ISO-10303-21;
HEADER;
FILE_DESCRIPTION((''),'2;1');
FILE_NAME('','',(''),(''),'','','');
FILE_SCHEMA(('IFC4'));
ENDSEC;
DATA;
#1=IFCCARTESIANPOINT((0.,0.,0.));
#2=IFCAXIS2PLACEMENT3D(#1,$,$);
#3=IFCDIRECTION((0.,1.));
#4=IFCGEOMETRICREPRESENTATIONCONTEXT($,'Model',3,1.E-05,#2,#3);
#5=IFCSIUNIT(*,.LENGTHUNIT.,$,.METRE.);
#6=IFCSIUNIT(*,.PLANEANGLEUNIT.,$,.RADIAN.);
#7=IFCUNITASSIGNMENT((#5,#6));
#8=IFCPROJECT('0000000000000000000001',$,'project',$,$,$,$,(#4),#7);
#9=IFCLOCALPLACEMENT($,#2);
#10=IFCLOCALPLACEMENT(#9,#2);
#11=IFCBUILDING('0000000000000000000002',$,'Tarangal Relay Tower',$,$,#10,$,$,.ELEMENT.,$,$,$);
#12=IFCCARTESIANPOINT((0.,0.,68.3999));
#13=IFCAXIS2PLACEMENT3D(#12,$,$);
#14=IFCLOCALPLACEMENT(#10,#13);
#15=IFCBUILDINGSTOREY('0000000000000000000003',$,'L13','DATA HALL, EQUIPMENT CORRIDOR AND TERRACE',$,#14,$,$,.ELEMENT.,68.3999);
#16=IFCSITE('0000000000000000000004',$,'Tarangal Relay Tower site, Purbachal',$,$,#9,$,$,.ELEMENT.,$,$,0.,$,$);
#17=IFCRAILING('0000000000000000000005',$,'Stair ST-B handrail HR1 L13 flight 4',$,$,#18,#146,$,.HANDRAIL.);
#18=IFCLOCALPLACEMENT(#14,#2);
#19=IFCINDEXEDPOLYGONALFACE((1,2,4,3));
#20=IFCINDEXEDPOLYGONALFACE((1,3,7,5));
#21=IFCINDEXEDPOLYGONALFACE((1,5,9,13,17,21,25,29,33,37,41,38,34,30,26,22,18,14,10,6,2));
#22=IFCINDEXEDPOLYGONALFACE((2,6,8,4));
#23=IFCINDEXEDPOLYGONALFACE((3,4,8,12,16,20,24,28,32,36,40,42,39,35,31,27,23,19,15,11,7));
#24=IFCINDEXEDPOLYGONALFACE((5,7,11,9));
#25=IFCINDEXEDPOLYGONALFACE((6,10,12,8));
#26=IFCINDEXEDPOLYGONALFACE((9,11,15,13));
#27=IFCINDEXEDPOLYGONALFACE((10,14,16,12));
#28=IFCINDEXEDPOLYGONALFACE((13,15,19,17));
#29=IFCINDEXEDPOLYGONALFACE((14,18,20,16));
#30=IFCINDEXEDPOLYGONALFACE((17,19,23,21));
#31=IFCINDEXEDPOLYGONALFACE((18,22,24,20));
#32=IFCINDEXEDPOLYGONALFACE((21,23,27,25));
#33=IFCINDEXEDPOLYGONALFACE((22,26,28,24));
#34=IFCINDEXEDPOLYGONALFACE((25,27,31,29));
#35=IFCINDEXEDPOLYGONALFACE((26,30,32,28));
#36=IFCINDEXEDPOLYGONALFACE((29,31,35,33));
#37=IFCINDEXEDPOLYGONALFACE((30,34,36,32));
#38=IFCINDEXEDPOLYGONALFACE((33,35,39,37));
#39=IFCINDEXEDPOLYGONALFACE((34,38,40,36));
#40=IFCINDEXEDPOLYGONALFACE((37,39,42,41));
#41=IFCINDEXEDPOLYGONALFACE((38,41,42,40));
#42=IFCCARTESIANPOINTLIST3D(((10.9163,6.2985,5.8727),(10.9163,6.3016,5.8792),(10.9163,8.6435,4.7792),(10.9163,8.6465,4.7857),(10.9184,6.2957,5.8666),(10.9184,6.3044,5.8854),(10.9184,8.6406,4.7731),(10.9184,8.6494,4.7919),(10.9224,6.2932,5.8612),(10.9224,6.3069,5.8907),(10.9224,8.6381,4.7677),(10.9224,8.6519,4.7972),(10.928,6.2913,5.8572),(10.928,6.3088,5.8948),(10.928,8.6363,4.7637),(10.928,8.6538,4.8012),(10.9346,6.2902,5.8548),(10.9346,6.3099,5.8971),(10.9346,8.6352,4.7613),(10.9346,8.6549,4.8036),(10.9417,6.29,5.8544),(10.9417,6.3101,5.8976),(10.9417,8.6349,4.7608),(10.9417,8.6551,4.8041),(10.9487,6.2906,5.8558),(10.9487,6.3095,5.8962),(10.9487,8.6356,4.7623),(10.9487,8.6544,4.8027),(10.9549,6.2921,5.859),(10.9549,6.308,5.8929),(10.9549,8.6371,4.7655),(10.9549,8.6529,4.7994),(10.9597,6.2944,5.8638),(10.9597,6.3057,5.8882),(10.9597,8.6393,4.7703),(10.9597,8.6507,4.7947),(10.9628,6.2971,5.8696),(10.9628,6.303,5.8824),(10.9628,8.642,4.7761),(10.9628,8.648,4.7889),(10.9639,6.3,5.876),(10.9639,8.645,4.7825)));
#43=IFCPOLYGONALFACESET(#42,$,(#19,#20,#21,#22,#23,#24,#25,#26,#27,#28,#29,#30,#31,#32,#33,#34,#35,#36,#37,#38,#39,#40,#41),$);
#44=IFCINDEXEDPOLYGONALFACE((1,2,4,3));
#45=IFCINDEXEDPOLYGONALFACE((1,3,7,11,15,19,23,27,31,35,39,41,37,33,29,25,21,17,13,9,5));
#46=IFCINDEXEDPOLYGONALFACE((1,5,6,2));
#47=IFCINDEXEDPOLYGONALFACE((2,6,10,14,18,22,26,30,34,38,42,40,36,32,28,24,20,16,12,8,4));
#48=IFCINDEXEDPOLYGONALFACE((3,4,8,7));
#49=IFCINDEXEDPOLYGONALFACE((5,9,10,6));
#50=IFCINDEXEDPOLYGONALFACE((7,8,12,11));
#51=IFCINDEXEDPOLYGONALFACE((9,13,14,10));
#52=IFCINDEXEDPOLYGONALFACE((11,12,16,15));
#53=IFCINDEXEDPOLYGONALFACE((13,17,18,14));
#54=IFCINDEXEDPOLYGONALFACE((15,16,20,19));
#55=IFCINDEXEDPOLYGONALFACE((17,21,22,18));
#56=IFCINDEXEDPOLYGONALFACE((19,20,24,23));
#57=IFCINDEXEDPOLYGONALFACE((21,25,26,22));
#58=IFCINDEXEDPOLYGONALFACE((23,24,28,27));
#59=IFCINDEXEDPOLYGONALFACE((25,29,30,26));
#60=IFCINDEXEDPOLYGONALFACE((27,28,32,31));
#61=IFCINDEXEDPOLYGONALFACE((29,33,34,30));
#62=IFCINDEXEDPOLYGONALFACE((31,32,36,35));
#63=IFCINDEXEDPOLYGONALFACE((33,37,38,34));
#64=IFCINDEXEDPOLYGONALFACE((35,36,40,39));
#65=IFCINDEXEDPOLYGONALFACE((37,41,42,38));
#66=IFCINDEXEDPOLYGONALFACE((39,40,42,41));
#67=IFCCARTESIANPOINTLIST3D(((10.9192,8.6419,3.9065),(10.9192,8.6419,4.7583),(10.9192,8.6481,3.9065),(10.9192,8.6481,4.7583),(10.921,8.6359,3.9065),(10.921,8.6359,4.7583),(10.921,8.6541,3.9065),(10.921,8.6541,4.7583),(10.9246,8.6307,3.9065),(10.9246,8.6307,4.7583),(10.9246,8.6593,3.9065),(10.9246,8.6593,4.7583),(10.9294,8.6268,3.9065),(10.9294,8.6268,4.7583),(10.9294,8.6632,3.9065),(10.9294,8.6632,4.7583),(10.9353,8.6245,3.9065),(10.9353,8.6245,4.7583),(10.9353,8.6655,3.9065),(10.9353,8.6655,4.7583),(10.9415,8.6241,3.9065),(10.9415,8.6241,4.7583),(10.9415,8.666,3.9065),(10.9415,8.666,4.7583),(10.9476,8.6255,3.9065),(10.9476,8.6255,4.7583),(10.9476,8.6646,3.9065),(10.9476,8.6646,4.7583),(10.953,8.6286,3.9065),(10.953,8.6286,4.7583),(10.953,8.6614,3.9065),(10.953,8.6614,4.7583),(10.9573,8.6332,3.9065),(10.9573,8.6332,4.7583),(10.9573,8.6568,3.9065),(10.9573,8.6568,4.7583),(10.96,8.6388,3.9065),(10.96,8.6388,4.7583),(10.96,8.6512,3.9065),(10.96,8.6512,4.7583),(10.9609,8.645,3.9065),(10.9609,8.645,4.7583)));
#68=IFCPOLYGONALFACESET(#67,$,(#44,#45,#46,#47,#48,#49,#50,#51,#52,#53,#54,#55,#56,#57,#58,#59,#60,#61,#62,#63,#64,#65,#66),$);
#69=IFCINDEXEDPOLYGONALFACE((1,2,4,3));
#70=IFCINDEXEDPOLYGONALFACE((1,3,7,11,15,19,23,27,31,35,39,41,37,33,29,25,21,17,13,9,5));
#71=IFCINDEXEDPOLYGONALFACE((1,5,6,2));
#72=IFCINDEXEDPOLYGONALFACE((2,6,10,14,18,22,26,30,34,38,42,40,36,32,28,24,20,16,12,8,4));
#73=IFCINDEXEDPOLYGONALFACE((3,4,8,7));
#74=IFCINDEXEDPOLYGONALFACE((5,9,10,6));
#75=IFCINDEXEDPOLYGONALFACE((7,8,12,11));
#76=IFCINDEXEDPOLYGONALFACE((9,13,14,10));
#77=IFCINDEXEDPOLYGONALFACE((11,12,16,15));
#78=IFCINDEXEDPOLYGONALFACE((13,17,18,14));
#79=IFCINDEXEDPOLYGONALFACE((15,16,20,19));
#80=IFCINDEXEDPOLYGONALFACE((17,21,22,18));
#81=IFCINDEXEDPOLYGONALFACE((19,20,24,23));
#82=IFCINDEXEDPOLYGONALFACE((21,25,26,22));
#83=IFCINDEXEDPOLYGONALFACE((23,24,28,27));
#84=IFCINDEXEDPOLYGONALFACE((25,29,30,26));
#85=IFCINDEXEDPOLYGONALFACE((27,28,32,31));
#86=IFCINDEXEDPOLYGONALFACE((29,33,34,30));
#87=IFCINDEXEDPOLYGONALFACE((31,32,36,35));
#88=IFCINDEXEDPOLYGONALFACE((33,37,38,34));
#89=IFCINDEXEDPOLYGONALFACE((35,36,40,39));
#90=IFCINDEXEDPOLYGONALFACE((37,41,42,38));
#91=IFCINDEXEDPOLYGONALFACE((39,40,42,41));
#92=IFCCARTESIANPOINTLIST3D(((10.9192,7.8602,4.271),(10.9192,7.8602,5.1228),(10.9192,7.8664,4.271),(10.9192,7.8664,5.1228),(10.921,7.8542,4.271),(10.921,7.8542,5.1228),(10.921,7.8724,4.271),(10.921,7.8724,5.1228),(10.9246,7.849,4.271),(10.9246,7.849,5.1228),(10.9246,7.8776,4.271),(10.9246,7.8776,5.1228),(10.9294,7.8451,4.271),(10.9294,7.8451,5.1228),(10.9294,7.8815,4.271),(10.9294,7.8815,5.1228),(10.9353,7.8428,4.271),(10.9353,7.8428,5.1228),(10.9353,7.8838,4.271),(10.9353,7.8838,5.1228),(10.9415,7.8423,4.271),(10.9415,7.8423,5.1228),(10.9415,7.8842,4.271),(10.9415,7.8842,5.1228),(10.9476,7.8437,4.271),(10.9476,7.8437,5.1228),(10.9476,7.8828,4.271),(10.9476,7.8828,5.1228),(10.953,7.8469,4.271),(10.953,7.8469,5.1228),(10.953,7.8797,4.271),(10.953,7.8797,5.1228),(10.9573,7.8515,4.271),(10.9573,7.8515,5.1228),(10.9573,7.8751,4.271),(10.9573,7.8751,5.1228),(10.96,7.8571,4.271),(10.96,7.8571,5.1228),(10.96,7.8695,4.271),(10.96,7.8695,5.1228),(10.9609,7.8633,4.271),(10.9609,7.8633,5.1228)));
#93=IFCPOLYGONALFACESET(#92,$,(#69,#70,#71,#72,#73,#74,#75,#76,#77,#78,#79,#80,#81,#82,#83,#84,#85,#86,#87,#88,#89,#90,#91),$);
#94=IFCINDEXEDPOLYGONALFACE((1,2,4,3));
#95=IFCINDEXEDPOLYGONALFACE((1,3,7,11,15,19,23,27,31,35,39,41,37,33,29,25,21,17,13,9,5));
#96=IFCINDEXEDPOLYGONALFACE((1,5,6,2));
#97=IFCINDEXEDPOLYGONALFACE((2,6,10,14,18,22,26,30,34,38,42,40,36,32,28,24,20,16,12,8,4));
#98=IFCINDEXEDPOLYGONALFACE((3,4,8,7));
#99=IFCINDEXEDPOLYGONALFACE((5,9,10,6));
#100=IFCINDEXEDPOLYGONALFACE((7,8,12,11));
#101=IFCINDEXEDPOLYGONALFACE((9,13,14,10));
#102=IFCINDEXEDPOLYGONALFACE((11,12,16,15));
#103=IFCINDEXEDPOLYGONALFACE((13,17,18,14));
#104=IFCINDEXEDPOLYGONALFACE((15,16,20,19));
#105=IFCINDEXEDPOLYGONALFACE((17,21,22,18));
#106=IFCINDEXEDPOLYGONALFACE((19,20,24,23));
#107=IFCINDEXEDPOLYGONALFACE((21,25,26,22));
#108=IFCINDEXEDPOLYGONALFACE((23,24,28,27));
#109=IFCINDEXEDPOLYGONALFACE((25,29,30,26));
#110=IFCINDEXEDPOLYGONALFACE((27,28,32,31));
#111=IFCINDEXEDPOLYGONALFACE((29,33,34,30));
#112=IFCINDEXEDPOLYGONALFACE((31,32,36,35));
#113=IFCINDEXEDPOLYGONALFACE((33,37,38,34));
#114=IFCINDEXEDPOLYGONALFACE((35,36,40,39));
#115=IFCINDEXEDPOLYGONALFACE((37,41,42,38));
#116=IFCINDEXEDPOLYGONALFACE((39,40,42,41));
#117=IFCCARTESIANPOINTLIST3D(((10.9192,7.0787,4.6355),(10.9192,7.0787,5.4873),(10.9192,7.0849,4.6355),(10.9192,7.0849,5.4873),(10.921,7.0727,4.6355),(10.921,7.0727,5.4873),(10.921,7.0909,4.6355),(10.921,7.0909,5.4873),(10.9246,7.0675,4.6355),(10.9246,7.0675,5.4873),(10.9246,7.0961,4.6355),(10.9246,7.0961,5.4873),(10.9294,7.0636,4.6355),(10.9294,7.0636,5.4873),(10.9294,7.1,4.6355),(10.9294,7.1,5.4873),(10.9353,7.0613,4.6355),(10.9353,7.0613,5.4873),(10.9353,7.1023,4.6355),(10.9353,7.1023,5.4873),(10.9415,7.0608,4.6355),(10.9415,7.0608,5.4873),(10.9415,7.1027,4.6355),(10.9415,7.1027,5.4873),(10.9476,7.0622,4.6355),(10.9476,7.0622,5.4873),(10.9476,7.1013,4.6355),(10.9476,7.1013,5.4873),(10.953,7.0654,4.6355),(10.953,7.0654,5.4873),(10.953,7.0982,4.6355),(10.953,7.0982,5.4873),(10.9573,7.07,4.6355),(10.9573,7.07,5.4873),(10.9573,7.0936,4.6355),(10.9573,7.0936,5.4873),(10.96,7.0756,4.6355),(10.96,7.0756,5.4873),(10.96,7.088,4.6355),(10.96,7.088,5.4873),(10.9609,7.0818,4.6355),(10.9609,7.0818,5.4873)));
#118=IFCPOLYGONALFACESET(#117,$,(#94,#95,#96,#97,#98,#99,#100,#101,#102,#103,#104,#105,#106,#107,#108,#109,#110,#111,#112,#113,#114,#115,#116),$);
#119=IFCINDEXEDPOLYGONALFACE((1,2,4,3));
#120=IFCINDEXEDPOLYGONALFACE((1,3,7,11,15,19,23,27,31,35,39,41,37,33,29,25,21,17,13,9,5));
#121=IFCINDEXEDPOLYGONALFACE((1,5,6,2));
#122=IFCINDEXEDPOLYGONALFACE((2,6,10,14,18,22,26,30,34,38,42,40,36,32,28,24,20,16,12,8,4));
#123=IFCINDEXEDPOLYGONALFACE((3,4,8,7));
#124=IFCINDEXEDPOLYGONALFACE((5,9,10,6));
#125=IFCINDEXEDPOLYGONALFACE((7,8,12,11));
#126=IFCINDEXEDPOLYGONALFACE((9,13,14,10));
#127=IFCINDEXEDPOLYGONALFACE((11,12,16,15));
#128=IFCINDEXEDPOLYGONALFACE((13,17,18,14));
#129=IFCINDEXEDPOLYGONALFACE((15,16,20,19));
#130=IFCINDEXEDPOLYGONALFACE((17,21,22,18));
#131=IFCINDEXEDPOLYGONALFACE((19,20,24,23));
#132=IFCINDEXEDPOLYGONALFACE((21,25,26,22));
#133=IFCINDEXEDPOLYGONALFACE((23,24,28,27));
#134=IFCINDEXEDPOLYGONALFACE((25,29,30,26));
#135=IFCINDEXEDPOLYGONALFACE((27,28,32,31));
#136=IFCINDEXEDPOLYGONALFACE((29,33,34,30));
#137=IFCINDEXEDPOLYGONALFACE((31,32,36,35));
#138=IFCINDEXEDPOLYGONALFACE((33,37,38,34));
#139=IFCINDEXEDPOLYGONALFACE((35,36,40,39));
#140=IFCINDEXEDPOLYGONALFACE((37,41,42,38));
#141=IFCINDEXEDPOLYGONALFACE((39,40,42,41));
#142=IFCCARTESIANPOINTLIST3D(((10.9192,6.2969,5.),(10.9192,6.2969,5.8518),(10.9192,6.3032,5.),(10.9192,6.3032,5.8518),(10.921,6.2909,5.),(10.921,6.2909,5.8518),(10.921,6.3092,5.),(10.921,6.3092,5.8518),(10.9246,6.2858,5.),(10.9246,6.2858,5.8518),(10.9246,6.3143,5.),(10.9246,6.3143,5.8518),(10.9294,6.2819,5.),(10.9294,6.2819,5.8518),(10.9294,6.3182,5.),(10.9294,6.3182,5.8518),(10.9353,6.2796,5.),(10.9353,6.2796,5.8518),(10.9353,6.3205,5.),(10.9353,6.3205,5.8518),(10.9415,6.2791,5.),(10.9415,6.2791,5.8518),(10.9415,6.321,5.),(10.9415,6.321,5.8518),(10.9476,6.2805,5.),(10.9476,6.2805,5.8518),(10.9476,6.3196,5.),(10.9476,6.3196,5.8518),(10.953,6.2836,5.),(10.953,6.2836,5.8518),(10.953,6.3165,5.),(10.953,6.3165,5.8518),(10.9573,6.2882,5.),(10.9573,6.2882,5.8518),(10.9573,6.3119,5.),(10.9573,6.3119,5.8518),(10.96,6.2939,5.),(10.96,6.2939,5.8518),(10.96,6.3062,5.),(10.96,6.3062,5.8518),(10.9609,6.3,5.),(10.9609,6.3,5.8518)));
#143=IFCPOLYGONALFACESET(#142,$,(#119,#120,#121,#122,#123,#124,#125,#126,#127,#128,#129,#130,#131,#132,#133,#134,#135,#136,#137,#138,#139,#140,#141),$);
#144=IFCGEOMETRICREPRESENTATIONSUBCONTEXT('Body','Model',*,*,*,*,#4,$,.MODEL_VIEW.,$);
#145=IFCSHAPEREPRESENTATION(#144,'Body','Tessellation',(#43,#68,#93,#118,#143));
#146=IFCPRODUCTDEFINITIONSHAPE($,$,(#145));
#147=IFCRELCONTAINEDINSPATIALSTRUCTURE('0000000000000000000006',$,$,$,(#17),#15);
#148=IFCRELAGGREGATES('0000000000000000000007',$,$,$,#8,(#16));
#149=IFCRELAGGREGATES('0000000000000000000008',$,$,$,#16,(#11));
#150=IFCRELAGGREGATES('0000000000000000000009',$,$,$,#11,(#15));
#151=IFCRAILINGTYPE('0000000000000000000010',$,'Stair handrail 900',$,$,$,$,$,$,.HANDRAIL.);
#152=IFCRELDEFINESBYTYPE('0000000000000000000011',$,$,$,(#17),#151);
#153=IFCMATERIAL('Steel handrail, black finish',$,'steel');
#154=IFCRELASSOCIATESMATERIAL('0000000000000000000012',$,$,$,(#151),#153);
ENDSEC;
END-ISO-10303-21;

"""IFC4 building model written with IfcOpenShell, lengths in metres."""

from ifc_helpers import new_model, si_unit, direction, frame, origin, origin_2d, place, context, subcontext, project, spatial, circle, extrude, material, type_object, element, save


model = new_model("IFC4")

# Units and contexts
model_context = context("Model", 3, precision=1e-05, world=origin(), true_north=direction((0.0, 1.0)))
body_context = subcontext(model_context, "Body", "Model", "MODEL_VIEW")
ifc_project = project(units=[si_unit("LENGTHUNIT", "METRE"), si_unit("PLANEANGLEUNIT", "RADIAN")], contexts=[model_context])

# Site, building, storey
site_placement = place(None, origin())
site = spatial("IfcSite", under=ifc_project, at=site_placement, Name="Tarangal Relay Tower site, Purbachal", CompositionType="ELEMENT", RefElevation=0.0)
building_placement = place(site_placement, origin())
building = spatial("IfcBuilding", under=site, at=building_placement, Name="Tarangal Relay Tower", CompositionType="ELEMENT")
storey_placement = place(building_placement, frame((0.0, 0.0, 68.3999)))
storey = spatial("IfcBuildingStorey", under=building, at=storey_placement, Name="L13", Description="DATA HALL, EQUIPMENT CORRIDOR AND TERRACE", CompositionType="ELEMENT", Elevation=68.3999)

# Railing
ifc_material_1 = material(Name="Steel handrail, black finish", Category="steel")
railing_type_1 = type_object("IfcRailingType", Name="Stair handrail 900", PredefinedType="HANDRAIL", material=ifc_material_1)
for number, where, name in (
    (1, (10.9399, 8.645, 3.9065), "Stair ST-B handrail HR1 L13 flight 4"),
):
    element("IfcRailing", number, at=place(storey_placement, frame(where)), inside=storey, type_object=railing_type_1, Name=name, PredefinedType="HANDRAIL", context=body_context, shape_type="SweptSolid", body=[
        extrude(circle(Radius=0.0239, at=origin_2d()), frame((0.0, 0.0, 0.876), z_axis=(0.0, -0.906304, 0.422627), x_axis=(1.0, 0.0, 0.0)), (0.0, 0.0, 1.0), 2.5874),
        extrude(circle(Radius=0.021, at=origin_2d()), origin(), (0.0, 0.0, 1.0), 0.8518),
        extrude(circle(Radius=0.021, at=origin_2d()), frame((0.0, -0.7817, 0.3645)), (0.0, 0.0, 1.0), 0.8518),
        extrude(circle(Radius=0.021, at=origin_2d()), frame((0.0, -1.5632, 0.729)), (0.0, 0.0, 1.0), 0.8518),
        extrude(circle(Radius=0.021, at=origin_2d()), frame((0.0, -2.345, 1.0935)), (0.0, 0.0, 1.0), 0.8518),
    ])

save(model, "model.ifc")
